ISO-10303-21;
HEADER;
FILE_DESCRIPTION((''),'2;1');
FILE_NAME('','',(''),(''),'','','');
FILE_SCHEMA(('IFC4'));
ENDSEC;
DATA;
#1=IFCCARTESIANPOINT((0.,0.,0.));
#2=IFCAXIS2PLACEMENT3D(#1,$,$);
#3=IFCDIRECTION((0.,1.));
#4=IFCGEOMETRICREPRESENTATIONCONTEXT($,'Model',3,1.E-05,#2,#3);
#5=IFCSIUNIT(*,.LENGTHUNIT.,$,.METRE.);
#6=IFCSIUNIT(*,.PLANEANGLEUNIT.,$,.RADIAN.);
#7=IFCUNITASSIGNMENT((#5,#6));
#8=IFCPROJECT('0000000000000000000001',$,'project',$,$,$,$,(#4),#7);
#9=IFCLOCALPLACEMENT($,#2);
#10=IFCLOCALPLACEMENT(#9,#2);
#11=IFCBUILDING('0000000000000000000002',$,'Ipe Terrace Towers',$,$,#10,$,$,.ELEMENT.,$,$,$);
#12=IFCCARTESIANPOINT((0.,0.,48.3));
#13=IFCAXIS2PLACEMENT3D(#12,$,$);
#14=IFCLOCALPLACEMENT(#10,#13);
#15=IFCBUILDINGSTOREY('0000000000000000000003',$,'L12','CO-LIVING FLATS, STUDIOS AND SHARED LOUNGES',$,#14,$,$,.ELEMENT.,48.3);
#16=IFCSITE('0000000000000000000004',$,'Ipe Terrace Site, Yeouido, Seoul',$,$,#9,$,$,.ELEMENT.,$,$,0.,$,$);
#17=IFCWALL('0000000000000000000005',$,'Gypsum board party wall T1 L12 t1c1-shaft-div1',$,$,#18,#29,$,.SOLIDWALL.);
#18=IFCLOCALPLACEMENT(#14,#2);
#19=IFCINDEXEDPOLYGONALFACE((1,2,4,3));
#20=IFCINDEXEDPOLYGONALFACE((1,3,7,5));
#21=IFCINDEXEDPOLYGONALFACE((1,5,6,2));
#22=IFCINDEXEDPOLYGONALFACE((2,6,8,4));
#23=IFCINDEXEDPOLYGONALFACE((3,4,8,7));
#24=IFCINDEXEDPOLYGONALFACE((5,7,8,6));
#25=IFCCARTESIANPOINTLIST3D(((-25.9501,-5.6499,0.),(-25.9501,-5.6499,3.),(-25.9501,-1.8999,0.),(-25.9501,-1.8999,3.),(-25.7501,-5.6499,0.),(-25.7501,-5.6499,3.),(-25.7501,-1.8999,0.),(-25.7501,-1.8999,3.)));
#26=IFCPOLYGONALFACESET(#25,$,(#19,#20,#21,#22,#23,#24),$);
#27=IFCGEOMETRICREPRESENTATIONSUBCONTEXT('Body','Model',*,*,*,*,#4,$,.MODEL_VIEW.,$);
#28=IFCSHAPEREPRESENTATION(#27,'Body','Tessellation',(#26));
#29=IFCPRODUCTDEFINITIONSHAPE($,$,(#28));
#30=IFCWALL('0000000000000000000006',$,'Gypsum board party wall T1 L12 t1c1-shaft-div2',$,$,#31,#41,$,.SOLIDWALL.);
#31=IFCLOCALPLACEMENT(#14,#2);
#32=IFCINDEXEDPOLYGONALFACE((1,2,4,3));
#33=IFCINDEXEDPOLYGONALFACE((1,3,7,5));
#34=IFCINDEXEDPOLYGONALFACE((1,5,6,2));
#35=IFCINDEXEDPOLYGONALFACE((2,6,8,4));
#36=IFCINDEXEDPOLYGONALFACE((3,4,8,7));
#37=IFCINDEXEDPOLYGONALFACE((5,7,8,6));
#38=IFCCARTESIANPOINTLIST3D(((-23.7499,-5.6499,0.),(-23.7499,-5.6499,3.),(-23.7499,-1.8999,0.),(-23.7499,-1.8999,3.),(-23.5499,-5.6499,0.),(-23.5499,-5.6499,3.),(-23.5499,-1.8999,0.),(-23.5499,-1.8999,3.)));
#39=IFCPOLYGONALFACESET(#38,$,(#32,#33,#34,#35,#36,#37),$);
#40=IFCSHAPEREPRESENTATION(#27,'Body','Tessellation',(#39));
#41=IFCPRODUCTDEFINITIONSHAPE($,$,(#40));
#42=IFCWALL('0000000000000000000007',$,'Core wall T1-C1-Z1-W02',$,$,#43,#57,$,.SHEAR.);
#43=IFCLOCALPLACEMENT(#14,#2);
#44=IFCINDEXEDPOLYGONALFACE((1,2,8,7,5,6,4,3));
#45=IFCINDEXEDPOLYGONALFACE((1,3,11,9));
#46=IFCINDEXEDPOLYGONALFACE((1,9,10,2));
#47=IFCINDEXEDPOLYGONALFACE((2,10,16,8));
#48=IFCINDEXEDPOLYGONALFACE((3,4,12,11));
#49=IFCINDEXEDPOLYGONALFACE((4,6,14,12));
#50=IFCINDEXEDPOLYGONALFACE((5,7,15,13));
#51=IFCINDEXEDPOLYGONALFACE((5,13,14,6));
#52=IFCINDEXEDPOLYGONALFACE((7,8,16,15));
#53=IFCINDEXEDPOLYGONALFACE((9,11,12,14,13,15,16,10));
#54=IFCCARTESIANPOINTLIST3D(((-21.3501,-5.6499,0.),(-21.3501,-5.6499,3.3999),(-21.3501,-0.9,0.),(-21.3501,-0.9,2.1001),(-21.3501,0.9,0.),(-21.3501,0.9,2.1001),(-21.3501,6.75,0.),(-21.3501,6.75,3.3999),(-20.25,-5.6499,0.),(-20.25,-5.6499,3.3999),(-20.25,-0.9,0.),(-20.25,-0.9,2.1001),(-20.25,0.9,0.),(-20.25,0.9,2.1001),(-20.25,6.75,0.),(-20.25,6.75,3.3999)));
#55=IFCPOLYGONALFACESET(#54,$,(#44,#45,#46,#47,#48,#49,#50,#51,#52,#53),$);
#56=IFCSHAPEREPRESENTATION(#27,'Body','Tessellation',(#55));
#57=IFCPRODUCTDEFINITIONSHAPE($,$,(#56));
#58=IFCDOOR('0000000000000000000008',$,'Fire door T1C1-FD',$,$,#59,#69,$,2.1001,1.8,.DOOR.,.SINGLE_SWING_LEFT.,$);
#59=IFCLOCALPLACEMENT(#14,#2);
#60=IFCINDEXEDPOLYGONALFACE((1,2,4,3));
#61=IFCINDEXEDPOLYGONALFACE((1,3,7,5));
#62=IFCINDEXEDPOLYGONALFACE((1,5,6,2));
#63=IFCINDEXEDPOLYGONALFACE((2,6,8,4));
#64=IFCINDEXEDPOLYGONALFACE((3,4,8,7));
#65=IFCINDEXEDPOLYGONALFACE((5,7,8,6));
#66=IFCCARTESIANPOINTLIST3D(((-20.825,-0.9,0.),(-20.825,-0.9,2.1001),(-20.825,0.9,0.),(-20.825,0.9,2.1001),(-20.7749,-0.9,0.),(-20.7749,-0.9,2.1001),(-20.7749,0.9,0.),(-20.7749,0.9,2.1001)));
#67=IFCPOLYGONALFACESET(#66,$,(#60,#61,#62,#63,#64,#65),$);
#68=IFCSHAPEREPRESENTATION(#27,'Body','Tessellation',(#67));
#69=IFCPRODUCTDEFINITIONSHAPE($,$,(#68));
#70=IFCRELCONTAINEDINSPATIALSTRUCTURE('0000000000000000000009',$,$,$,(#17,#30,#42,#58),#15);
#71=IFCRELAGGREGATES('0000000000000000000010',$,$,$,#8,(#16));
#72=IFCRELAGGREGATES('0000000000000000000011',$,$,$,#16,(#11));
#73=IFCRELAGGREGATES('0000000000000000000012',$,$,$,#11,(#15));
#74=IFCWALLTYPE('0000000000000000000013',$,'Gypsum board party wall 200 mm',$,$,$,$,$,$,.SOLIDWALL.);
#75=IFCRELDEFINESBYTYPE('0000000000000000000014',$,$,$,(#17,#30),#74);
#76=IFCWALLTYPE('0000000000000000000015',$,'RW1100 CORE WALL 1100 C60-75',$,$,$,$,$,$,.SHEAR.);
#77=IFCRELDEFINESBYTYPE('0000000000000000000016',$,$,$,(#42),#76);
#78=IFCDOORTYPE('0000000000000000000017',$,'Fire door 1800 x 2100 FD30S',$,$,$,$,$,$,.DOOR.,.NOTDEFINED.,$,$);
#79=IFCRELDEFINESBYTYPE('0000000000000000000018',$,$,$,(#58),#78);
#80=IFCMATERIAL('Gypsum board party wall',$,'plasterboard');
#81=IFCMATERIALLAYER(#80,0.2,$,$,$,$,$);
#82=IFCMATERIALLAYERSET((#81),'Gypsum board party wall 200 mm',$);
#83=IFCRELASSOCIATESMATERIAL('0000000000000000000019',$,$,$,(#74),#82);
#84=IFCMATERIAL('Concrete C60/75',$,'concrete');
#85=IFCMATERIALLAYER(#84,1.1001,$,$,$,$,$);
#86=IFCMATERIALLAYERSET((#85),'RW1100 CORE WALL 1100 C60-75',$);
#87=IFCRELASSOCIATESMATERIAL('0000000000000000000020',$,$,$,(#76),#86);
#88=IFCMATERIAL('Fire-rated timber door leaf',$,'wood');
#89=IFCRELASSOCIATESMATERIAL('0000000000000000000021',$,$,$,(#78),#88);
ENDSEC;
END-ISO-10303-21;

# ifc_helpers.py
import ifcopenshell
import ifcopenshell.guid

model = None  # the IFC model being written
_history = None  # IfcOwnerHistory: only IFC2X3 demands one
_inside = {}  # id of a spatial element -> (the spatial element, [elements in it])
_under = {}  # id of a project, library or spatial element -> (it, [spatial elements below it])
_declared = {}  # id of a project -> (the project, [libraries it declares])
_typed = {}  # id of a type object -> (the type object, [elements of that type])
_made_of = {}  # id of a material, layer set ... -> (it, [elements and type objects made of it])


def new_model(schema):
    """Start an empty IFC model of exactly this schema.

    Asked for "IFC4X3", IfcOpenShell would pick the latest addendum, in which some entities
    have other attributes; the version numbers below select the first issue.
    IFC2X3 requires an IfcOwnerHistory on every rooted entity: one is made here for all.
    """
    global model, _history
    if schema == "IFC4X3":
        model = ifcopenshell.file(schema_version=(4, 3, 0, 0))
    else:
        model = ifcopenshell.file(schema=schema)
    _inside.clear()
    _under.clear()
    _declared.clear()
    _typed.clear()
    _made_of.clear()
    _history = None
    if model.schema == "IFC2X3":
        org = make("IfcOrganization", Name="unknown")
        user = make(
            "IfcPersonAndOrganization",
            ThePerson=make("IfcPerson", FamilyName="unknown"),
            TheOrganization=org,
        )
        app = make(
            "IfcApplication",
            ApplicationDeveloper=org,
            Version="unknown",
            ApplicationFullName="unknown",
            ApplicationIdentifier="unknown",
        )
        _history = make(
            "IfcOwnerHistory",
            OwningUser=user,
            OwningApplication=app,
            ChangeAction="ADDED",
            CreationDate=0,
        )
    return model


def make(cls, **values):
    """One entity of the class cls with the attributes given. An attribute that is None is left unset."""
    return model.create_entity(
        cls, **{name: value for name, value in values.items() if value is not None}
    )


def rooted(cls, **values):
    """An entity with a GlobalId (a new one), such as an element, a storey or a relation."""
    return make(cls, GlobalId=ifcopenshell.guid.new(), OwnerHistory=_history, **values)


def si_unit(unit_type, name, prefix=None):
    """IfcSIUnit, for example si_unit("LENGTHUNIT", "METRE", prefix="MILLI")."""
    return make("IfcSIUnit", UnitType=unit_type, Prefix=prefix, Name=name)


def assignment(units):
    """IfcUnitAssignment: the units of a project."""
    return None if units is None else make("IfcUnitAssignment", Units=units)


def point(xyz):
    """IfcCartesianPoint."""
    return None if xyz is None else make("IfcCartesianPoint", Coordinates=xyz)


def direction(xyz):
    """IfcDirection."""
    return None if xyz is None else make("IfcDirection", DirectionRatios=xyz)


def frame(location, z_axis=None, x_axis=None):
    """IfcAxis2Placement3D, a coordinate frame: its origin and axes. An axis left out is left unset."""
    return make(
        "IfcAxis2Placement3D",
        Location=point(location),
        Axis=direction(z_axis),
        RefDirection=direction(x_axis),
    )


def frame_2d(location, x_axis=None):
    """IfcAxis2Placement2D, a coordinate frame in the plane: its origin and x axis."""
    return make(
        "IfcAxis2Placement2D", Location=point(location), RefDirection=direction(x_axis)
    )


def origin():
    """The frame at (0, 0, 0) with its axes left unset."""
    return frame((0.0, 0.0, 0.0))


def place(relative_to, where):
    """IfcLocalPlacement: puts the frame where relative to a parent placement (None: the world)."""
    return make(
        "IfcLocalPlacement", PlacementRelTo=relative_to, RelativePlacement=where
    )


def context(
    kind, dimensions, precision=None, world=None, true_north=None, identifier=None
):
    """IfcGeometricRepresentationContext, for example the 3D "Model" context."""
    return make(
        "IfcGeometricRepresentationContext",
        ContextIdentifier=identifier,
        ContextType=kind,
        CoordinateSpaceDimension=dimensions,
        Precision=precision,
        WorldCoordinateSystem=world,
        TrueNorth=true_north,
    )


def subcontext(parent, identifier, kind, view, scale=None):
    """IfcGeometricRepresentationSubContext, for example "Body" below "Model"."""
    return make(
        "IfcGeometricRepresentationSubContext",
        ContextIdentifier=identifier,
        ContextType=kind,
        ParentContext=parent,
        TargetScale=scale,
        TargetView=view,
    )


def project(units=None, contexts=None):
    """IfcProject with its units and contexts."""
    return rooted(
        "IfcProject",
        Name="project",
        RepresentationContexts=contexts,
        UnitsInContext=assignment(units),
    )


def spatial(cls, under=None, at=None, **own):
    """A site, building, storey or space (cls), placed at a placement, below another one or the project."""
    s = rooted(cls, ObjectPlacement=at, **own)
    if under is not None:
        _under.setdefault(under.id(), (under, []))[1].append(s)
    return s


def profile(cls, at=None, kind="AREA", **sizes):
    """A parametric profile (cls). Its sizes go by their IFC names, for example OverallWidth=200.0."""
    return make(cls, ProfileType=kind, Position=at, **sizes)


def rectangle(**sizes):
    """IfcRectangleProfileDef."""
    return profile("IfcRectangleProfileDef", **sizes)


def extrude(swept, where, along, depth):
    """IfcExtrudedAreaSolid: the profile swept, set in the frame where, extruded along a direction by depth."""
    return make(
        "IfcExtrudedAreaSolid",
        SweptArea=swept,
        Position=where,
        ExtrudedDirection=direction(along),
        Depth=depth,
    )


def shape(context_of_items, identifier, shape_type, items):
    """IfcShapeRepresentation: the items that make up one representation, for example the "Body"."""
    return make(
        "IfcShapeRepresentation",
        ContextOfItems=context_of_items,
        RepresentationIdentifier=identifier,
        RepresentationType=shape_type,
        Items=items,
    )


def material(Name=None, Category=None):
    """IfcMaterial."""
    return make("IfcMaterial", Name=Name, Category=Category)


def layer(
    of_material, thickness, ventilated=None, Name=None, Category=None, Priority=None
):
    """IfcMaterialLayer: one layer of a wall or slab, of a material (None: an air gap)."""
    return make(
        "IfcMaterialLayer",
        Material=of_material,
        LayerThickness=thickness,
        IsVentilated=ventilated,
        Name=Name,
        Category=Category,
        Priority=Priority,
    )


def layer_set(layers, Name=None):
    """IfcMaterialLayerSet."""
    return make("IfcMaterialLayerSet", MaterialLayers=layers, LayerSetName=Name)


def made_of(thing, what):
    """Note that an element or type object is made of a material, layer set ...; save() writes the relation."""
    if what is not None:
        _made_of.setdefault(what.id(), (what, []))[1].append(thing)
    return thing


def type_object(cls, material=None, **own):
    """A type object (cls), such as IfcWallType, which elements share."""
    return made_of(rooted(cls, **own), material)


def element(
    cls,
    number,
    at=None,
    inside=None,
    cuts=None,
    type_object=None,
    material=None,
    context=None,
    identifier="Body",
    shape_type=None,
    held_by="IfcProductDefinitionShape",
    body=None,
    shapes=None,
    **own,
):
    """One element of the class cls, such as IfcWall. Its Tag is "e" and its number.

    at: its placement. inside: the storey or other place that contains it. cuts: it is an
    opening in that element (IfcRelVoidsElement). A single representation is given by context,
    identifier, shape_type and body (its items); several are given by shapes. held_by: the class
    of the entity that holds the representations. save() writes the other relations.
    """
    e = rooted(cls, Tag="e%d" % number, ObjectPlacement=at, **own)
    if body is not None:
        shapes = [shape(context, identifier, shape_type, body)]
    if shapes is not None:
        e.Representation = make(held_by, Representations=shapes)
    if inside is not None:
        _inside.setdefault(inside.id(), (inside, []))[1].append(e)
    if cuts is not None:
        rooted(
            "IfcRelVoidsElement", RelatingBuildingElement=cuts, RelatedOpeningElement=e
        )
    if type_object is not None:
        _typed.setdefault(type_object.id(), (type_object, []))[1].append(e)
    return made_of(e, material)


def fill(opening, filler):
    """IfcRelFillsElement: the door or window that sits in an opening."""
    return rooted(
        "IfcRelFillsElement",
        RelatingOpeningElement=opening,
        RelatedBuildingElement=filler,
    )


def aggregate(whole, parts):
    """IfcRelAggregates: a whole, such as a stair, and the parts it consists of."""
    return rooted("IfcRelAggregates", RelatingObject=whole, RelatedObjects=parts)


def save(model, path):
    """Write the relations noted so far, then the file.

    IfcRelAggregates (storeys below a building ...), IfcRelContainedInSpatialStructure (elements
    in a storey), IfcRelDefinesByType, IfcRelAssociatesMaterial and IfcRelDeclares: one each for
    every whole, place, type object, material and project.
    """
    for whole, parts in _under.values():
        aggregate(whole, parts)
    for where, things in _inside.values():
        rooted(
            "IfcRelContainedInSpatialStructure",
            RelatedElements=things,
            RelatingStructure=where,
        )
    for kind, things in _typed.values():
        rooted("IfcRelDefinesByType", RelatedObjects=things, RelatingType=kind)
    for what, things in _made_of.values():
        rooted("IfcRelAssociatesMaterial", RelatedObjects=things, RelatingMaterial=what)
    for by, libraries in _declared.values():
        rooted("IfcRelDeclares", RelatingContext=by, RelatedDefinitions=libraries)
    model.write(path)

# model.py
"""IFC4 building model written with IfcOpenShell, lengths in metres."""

from ifc_helpers import new_model, si_unit, direction, frame, frame_2d, origin, place, context, subcontext, project, spatial, rectangle, extrude, material, layer, layer_set, type_object, element, fill, save


model = new_model("IFC4")

# Units and contexts
model_context = context("Model", 3, precision=1e-05, world=origin(), true_north=direction((0.0, 1.0)))
body_context = subcontext(model_context, "Body", "Model", "MODEL_VIEW")
ifc_project = project(units=[si_unit("LENGTHUNIT", "METRE"), si_unit("PLANEANGLEUNIT", "RADIAN")], contexts=[model_context])

# Site, building, storey
site_placement = place(None, origin())
site = spatial("IfcSite", under=ifc_project, at=site_placement, Name="Ipe Terrace Site, Yeouido, Seoul", CompositionType="ELEMENT", RefElevation=0.0)
building_placement = place(site_placement, origin())
building = spatial("IfcBuilding", under=site, at=building_placement, Name="Ipe Terrace Towers", CompositionType="ELEMENT")
storey_placement = place(building_placement, frame((0.0, 0.0, 48.3)))
storey = spatial("IfcBuildingStorey", under=building, at=storey_placement, Name="L12", Description="CO-LIVING FLATS, STUDIOS AND SHARED LOUNGES", CompositionType="ELEMENT", Elevation=48.3)

# Walls
ifc_material_1 = material(Name="Gypsum board party wall", Category="plasterboard")
ifc_layer_1 = layer(ifc_material_1, 0.2)
ifc_layer_set_1 = layer_set([ifc_layer_1], Name="Gypsum board party wall 200 mm")
wall_type_1 = type_object("IfcWallType", Name="Gypsum board party wall 200 mm", PredefinedType="SOLIDWALL", material=ifc_layer_set_1)
for number, where, z_axis, x_axis, name in (
    (1, (-25.8501, -5.6499, 0.0), (0.0, 0.0, 1.0), (0.0, 1.0, 0.0), "Gypsum board party wall T1 L12 t1c1-shaft-div1"),
    (2, (-23.6499, -5.6499, 0.0), (0.0, 0.0, 1.0), (0.0, 1.0, 0.0), "Gypsum board party wall T1 L12 t1c1-shaft-div2"),
):
    element("IfcWall", number, at=place(storey_placement, frame(where, z_axis=z_axis, x_axis=x_axis)), inside=storey, type_object=wall_type_1, Name=name, PredefinedType="SOLIDWALL", context=body_context, shape_type="SweptSolid", body=[
        extrude(rectangle(XDim=3.75, YDim=0.2, at=frame_2d((1.875, 0.0))), origin(), (0.0, 0.0, 1.0), 3.0),
    ])

# Wall, opening, door
ifc_material_2 = material(Name="Concrete C60/75", Category="concrete")
ifc_layer_2 = layer(ifc_material_2, 1.1001)
ifc_layer_set_2 = layer_set([ifc_layer_2], Name="RW1100 CORE WALL 1100 C60-75")
wall_type_2 = type_object("IfcWallType", Name="RW1100 CORE WALL 1100 C60-75", PredefinedType="SHEAR", material=ifc_layer_set_2)
wall_1_placement = place(storey_placement, frame((-20.8, -5.6499, 0.0), z_axis=(0.0, 0.0, 1.0), x_axis=(0.0, 1.0, 0.0)))
wall_1 = element("IfcWall", 3, at=wall_1_placement, inside=storey, type_object=wall_type_2, Name="Core wall T1-C1-Z1-W02", PredefinedType="SHEAR", context=body_context, shape_type="SweptSolid", body=[
    extrude(rectangle(XDim=12.3999, YDim=1.1001, at=frame_2d((6.2, 0.0))), origin(), (0.0, 0.0, 1.0), 3.3999),
])
opening_1_placement = place(wall_1_placement, frame((4.75, 0.0, 0.0)))
opening_1 = element("IfcOpeningElement", 4, at=opening_1_placement, cuts=wall_1, PredefinedType="OPENING", context=body_context, shape_type="SweptSolid", body=[
    extrude(rectangle(XDim=1.8, YDim=2.1001, at=frame_2d((0.8999, 1.05))), frame((0.0, 0.5601, 0.0), z_axis=(0.0, -1.0, 0.0), x_axis=(1.0, 0.0, 0.0)), (0.0, 0.0, 1.0), 1.1201),
])
ifc_material_3 = material(Name="Fire-rated timber door leaf", Category="wood")
door_type_1 = type_object("IfcDoorType", Name="Fire door 1800 x 2100 FD30S", OperationType="NOTDEFINED", PredefinedType="DOOR", material=ifc_material_3)
door_1_placement = place(opening_1_placement, origin())
door_1 = element("IfcDoor", 5, at=door_1_placement, inside=storey, type_object=door_type_1, Name="Fire door T1C1-FD", OperationType="SINGLE_SWING_LEFT", OverallHeight=2.1001, OverallWidth=1.8, PredefinedType="DOOR", context=body_context, shape_type="SweptSolid", body=[
    extrude(rectangle(XDim=1.8, YDim=2.1001, at=frame_2d((0.8999, 1.05))), frame((0.0, 0.0249, 0.0), z_axis=(0.0, -1.0, 0.0), x_axis=(1.0, 0.0, 0.0)), (0.0, 0.0, 1.0), 0.05),
])
fill(opening_1, door_1)

save(model, "model.ifc")
